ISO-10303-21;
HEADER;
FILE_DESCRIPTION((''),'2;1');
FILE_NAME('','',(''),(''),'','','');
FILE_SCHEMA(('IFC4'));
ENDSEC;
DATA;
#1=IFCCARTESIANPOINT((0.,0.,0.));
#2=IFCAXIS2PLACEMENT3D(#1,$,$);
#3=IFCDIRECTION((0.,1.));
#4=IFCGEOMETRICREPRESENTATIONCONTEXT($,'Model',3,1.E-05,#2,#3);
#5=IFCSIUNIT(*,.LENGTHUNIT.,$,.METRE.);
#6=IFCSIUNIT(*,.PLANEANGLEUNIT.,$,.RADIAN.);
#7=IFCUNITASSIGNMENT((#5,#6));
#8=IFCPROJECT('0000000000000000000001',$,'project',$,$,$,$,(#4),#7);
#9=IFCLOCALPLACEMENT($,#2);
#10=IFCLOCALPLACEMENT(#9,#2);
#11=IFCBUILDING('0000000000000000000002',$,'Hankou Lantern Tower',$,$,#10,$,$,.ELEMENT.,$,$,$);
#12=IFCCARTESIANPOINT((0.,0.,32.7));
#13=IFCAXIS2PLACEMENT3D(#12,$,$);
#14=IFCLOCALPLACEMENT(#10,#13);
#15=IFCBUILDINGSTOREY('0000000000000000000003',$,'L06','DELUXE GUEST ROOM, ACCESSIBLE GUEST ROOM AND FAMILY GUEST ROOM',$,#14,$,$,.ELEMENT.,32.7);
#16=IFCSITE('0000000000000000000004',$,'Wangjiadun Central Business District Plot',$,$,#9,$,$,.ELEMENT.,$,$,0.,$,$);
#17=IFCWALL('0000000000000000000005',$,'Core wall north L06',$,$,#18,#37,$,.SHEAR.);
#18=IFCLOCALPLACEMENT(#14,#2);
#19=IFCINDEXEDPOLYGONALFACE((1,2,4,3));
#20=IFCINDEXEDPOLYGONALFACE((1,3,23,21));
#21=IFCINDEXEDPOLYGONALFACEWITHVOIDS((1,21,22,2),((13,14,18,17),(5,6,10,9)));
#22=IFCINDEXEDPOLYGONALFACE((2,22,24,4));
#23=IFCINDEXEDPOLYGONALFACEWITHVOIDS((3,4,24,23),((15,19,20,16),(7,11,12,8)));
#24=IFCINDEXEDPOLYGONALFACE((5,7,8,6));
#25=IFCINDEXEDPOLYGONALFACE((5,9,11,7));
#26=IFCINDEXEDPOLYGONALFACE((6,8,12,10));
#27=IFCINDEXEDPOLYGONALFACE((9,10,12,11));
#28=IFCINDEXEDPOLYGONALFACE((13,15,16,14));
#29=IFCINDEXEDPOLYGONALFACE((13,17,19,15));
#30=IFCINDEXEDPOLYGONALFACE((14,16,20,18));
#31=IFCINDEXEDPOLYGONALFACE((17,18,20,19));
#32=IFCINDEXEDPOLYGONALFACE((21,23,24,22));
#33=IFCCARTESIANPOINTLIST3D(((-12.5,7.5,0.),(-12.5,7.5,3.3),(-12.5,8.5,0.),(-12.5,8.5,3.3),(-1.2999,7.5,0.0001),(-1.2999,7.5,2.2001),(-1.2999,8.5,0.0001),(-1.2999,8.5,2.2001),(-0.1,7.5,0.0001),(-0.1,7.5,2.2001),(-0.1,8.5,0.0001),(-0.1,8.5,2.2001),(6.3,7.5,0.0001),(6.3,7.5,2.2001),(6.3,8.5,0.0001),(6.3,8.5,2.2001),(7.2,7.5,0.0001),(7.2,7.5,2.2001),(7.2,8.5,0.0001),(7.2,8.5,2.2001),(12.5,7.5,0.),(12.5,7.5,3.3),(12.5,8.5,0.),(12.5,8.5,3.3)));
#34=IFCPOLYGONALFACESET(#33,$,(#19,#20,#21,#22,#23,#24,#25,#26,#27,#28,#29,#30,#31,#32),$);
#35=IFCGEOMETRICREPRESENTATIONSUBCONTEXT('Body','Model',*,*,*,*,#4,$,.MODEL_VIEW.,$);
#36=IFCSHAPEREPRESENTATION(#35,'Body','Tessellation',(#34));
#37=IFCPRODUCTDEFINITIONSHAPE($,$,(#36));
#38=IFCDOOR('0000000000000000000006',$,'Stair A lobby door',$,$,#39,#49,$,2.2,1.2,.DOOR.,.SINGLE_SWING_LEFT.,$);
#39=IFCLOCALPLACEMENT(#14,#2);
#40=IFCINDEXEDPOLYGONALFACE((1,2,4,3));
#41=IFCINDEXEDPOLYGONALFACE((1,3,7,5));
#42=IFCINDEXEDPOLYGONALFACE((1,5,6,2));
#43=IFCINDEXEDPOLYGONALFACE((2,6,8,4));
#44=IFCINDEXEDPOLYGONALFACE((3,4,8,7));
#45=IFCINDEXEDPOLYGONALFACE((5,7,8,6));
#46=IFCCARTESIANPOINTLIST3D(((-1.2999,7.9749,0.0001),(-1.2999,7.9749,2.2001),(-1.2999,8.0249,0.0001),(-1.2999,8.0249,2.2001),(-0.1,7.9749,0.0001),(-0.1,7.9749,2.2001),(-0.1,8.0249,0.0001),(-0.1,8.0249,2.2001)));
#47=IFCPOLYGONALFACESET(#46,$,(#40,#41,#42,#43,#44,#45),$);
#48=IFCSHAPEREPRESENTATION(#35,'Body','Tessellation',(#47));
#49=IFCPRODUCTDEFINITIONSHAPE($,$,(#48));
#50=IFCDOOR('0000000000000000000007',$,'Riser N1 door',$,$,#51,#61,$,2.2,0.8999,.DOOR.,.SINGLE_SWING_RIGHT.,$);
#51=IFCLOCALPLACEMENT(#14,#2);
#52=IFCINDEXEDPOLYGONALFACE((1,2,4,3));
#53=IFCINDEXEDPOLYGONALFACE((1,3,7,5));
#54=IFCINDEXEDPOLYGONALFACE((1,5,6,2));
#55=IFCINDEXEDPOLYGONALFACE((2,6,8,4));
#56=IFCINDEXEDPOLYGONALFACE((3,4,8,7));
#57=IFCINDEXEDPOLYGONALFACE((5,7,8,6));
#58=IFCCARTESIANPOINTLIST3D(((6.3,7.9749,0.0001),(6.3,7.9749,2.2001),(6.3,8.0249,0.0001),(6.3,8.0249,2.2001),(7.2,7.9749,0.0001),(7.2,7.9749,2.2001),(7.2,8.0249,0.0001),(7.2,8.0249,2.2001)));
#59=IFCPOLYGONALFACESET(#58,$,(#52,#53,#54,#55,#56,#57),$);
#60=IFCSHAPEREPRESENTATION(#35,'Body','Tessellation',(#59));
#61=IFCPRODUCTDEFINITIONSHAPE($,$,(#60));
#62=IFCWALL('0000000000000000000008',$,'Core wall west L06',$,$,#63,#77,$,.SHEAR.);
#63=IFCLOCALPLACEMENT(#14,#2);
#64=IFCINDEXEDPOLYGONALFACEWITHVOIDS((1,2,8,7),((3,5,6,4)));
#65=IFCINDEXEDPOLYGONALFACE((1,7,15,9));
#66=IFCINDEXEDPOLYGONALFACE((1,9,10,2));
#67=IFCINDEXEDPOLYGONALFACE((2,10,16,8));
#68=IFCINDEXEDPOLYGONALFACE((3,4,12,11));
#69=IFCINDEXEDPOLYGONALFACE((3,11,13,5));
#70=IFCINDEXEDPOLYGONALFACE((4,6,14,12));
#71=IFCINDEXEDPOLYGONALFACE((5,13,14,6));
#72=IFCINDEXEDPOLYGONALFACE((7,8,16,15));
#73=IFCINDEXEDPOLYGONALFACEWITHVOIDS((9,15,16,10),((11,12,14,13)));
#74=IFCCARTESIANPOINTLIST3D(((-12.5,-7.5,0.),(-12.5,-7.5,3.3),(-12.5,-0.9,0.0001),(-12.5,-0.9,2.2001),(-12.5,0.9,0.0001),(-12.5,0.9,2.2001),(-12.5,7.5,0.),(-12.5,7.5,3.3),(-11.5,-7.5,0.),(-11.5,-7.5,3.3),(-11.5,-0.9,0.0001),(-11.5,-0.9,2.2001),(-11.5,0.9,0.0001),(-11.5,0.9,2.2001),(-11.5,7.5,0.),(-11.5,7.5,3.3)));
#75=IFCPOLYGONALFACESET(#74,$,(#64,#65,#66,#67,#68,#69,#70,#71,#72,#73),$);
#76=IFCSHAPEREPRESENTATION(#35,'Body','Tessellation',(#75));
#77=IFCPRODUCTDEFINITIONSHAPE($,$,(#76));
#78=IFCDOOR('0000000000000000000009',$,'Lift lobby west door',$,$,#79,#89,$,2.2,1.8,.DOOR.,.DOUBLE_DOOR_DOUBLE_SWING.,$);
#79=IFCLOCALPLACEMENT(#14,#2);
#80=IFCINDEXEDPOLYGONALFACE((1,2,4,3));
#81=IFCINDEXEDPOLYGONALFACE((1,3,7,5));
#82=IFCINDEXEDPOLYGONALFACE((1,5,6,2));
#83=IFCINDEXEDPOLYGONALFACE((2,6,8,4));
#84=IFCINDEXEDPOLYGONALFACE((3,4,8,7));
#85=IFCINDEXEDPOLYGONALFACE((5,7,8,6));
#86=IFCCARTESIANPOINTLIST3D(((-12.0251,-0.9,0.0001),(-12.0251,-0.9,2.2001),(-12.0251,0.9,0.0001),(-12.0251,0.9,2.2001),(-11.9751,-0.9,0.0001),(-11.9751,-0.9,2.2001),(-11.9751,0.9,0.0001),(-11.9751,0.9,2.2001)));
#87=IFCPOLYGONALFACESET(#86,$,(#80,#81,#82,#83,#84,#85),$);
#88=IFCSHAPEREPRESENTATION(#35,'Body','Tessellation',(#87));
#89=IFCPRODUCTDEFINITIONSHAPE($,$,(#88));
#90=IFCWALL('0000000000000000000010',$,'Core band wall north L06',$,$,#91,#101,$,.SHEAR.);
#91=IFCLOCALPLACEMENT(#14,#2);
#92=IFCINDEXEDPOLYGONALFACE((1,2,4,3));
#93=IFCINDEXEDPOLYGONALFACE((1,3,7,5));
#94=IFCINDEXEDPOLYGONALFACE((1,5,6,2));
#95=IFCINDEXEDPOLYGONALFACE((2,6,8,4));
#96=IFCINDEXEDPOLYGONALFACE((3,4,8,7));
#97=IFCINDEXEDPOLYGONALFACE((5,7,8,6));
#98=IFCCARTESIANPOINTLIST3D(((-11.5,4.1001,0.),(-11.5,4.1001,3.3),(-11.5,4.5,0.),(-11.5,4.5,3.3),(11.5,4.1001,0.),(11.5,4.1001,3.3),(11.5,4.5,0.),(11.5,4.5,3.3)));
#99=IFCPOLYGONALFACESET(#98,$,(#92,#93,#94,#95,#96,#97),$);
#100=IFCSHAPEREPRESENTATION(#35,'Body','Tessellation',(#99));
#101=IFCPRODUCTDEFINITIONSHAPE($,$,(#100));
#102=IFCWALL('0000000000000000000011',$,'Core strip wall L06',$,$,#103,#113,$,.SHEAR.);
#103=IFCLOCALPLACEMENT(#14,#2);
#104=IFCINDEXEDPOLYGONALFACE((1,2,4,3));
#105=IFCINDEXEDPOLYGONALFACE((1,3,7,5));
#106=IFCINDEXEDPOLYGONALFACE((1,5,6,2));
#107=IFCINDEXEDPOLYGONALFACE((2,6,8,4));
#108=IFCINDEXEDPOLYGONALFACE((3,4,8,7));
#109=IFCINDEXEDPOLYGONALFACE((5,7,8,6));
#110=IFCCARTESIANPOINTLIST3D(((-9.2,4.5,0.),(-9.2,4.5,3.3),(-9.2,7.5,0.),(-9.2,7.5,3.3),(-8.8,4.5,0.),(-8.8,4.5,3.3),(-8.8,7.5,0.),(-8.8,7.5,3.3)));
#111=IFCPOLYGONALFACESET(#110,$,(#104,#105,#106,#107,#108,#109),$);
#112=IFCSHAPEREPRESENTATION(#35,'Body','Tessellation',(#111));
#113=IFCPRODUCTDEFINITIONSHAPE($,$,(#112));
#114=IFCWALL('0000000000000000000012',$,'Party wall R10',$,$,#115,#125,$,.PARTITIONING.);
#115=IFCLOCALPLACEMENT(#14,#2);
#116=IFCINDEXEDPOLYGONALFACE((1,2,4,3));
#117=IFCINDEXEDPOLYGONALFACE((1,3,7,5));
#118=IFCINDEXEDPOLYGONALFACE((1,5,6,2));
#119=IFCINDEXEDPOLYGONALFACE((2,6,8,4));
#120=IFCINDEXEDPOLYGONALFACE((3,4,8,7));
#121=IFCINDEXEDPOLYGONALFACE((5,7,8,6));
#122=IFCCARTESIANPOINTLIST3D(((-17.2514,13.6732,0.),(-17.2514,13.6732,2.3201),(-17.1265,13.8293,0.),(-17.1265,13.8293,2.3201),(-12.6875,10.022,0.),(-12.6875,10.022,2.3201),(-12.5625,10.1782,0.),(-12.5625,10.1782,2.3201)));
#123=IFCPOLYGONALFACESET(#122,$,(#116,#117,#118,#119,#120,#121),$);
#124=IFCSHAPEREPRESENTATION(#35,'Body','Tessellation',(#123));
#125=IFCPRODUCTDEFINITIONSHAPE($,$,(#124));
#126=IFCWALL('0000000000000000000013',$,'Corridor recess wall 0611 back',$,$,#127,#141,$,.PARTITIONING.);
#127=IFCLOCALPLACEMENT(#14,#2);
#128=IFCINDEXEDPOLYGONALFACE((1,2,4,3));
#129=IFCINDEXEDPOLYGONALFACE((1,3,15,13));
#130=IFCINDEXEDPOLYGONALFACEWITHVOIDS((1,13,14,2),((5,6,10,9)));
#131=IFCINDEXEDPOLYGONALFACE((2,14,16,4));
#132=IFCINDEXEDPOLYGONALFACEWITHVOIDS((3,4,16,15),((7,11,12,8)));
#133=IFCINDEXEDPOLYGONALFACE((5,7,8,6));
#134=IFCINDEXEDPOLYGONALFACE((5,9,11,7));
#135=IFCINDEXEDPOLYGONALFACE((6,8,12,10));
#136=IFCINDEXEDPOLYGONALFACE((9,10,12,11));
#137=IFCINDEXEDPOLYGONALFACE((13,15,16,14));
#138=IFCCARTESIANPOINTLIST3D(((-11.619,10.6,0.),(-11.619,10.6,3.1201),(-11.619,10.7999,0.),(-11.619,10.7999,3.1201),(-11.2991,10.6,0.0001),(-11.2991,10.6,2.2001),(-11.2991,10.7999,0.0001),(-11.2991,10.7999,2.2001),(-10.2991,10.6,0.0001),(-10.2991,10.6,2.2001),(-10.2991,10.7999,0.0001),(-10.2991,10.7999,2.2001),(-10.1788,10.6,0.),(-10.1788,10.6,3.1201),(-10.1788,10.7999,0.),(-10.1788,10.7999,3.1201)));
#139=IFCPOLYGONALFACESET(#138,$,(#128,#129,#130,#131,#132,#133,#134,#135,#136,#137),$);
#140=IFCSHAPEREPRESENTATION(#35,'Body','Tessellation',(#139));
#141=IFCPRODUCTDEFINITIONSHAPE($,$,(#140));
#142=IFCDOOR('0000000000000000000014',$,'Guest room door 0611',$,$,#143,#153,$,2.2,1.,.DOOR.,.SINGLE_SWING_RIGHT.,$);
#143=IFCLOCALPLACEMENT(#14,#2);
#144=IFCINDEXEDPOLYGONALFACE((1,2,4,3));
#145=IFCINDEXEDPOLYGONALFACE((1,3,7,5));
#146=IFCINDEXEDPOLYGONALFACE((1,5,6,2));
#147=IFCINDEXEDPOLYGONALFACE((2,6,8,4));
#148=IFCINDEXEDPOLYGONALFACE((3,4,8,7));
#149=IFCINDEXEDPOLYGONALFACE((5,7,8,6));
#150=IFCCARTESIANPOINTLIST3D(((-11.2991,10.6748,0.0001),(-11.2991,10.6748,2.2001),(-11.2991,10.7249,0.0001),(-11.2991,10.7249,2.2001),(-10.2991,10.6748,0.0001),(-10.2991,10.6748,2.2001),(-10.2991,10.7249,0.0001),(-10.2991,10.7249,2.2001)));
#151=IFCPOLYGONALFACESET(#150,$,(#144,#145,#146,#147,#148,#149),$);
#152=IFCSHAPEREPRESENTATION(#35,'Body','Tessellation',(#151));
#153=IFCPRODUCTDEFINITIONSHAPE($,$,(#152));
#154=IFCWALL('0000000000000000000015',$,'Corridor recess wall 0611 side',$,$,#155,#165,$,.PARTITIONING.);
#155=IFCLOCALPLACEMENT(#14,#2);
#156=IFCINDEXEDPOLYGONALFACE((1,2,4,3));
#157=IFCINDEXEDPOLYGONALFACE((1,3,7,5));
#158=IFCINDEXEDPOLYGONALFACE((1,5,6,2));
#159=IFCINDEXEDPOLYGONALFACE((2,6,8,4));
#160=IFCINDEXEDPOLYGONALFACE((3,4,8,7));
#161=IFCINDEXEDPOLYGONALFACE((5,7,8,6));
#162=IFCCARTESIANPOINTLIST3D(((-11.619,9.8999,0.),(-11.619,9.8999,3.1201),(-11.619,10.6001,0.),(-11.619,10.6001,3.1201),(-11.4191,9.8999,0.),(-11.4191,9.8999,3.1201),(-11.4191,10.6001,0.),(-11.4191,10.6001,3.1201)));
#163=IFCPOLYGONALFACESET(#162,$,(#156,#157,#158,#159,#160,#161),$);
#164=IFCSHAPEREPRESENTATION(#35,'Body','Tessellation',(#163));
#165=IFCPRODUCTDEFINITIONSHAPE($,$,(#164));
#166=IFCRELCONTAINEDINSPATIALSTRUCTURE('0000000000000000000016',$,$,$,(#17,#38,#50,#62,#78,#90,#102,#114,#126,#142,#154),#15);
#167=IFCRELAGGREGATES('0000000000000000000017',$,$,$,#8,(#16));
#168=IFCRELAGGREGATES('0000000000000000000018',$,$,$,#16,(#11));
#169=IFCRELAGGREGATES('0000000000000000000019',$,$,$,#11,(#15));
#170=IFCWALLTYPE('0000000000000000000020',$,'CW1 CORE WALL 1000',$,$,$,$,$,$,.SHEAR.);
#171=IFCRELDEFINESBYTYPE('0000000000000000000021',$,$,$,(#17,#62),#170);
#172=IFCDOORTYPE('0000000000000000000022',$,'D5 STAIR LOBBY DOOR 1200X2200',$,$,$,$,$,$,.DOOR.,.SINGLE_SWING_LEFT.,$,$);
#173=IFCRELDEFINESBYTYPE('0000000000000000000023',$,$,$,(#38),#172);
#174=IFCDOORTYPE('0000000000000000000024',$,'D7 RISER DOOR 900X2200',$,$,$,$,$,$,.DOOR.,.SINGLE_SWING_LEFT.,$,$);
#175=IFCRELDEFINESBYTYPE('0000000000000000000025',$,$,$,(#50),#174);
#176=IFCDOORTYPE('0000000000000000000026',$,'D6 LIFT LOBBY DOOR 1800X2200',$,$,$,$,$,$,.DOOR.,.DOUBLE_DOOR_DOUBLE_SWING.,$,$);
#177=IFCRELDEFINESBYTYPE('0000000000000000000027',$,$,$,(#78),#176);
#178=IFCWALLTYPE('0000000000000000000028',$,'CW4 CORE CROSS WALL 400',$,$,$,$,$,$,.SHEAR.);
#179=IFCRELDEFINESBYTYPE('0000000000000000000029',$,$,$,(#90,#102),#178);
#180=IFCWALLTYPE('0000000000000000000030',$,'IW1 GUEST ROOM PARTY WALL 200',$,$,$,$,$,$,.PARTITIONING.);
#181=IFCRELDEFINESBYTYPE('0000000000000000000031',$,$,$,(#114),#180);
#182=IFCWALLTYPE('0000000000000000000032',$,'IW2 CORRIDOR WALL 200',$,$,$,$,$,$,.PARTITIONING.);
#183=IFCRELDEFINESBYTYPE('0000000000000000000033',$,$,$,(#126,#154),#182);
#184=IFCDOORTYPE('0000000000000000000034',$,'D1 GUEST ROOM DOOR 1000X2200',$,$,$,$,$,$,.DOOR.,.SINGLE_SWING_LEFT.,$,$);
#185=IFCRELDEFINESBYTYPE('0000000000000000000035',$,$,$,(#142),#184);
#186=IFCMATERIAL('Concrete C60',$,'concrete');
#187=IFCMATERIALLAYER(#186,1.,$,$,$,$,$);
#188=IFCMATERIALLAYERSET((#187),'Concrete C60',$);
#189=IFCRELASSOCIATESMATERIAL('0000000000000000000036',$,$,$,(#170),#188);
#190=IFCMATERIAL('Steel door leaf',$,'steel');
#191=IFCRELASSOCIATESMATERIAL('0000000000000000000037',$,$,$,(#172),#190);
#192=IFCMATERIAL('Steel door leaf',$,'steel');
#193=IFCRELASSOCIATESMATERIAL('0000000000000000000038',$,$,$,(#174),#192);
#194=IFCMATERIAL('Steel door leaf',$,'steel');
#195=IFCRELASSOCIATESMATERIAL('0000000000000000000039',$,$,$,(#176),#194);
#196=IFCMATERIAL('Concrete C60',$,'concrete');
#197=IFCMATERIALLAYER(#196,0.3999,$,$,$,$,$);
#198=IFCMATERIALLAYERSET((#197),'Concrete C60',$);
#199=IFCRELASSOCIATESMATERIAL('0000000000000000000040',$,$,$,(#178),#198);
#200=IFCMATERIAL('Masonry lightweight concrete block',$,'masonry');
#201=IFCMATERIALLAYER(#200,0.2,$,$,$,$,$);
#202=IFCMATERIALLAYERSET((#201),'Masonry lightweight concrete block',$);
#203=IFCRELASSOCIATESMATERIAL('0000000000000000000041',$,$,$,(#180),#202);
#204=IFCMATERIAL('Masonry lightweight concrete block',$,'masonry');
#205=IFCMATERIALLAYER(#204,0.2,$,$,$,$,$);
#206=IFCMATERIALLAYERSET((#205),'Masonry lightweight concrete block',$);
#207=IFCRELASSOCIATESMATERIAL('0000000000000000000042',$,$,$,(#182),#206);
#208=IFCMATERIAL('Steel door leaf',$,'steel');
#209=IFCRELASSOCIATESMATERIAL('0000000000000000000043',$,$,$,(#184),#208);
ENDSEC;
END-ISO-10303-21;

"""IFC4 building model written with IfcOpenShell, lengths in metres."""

from ifc_helpers import new_model, si_unit, direction, frame, frame_2d, origin, place, context, subcontext, project, spatial, rectangle, extrude, material, layer, layer_set, type_object, element, fill, save


model = new_model("IFC4")

# Units and contexts
model_context = context("Model", 3, precision=1e-05, world=origin(), true_north=direction((0.0, 1.0)))
body_context = subcontext(model_context, "Body", "Model", "MODEL_VIEW")
ifc_project = project(units=[si_unit("LENGTHUNIT", "METRE"), si_unit("PLANEANGLEUNIT", "RADIAN")], contexts=[model_context])

# Site, building, storey
site_placement = place(None, origin())
site = spatial("IfcSite", under=ifc_project, at=site_placement, Name="Wangjiadun Central Business District Plot", CompositionType="ELEMENT", RefElevation=0.0)
building_placement = place(site_placement, origin())
building = spatial("IfcBuilding", under=site, at=building_placement, Name="Hankou Lantern Tower", CompositionType="ELEMENT")
storey_placement = place(building_placement, frame((0.0, 0.0, 32.7)))
storey = spatial("IfcBuildingStorey", under=building, at=storey_placement, Name="L06", Description="DELUXE GUEST ROOM, ACCESSIBLE GUEST ROOM AND FAMILY GUEST ROOM", CompositionType="ELEMENT", Elevation=32.7)

# Wall, openings, doors
ifc_material_1 = material(Name="Concrete C60", Category="concrete")
ifc_layer_1 = layer(ifc_material_1, 1.0)
ifc_layer_set_1 = layer_set([ifc_layer_1], Name="Concrete C60")
wall_type_1 = type_object("IfcWallType", Name="CW1 CORE WALL 1000", PredefinedType="SHEAR", material=ifc_layer_set_1)
wall_1_placement = place(storey_placement, frame((-12.5, 8.0, 0.0), z_axis=(0.0, 0.0, 1.0), x_axis=(1.0, 0.0, 0.0)))
wall_1 = element("IfcWall", 1, at=wall_1_placement, inside=storey, type_object=wall_type_1, Name="Core wall north L06", PredefinedType="SHEAR", context=body_context, shape_type="SweptSolid", body=[
    extrude(rectangle(XDim=25.0, YDim=1.0, at=frame_2d((12.5, 0.0))), origin(), (0.0, 0.0, 1.0), 3.3),
])
opening_1_placement = place(wall_1_placement, frame((11.2, 0.0, 0.0)))
opening_1 = element("IfcOpeningElement", 2, at=opening_1_placement, cuts=wall_1, PredefinedType="OPENING", context=body_context, shape_type="SweptSolid", body=[
    extrude(rectangle(XDim=1.2, YDim=2.2, at=frame_2d((0.6001, 1.1001))), frame((0.0, 0.51, 0.0), z_axis=(0.0, -1.0, 0.0), x_axis=(1.0, 0.0, 0.0)), (0.0, 0.0, 1.0), 1.02),
])
opening_2_placement = place(wall_1_placement, frame((18.8, 0.0, 0.0)))
opening_2 = element("IfcOpeningElement", 3, at=opening_2_placement, cuts=wall_1, PredefinedType="OPENING", context=body_context, shape_type="SweptSolid", body=[
    extrude(rectangle(XDim=0.8999, YDim=2.2, at=frame_2d((0.45, 1.1001))), frame((0.0, 0.51, 0.0), z_axis=(0.0, -1.0, 0.0), x_axis=(1.0, 0.0, 0.0)), (0.0, 0.0, 1.0), 1.02),
])
ifc_material_2 = material(Name="Steel door leaf", Category="steel")
door_type_1 = type_object("IfcDoorType", Name="D5 STAIR LOBBY DOOR 1200X2200", OperationType="SINGLE_SWING_LEFT", PredefinedType="DOOR", material=ifc_material_2)
door_1_placement = place(opening_1_placement, origin())
door_1 = element("IfcDoor", 4, at=door_1_placement, inside=storey, type_object=door_type_1, Name="Stair A lobby door", OperationType="SINGLE_SWING_LEFT", OverallHeight=2.2, OverallWidth=1.2, PredefinedType="DOOR", context=body_context, shape_type="SweptSolid", body=[
    extrude(rectangle(XDim=1.2, YDim=2.2, at=frame_2d((0.6001, 1.1001))), frame((0.0, 0.0249, 0.0), z_axis=(0.0, -1.0, 0.0), x_axis=(1.0, 0.0, 0.0)), (0.0, 0.0, 1.0), 0.05),
])
fill(opening_1, door_1)
ifc_material_3 = material(Name="Steel door leaf", Category="steel")
door_type_2 = type_object("IfcDoorType", Name="D7 RISER DOOR 900X2200", OperationType="SINGLE_SWING_LEFT", PredefinedType="DOOR", material=ifc_material_3)
door_2_placement = place(opening_2_placement, origin())
door_2 = element("IfcDoor", 5, at=door_2_placement, inside=storey, type_object=door_type_2, Name="Riser N1 door", OperationType="SINGLE_SWING_RIGHT", OverallHeight=2.2, OverallWidth=0.8999, PredefinedType="DOOR", context=body_context, shape_type="SweptSolid", body=[
    extrude(rectangle(XDim=0.8999, YDim=2.2, at=frame_2d((0.45, 1.1001))), frame((0.0, 0.0249, 0.0), z_axis=(0.0, -1.0, 0.0), x_axis=(1.0, 0.0, 0.0)), (0.0, 0.0, 1.0), 0.05),
])
fill(opening_2, door_2)

# Wall, opening, door
wall_2_placement = place(storey_placement, frame((-12.0, 7.5, 0.0), z_axis=(0.0, 0.0, 1.0), x_axis=(0.0, -1.0, 0.0)))
wall_2 = element("IfcWall", 6, at=wall_2_placement, inside=storey, type_object=wall_type_1, Name="Core wall west L06", PredefinedType="SHEAR", context=body_context, shape_type="SweptSolid", body=[
    extrude(rectangle(XDim=15.0, YDim=1.0, at=frame_2d((7.5, 0.0))), origin(), (0.0, 0.0, 1.0), 3.3),
])
opening_3_placement = place(wall_2_placement, frame((6.6001, 0.0, 0.0)))
opening_3 = element("IfcOpeningElement", 7, at=opening_3_placement, cuts=wall_2, PredefinedType="OPENING", context=body_context, shape_type="SweptSolid", body=[
    extrude(rectangle(XDim=1.8, YDim=2.2, at=frame_2d((0.8999, 1.1001))), frame((0.0, 0.51, 0.0), z_axis=(0.0, -1.0, 0.0), x_axis=(1.0, 0.0, 0.0)), (0.0, 0.0, 1.0), 1.02),
])
ifc_material_4 = material(Name="Steel door leaf", Category="steel")
door_type_3 = type_object("IfcDoorType", Name="D6 LIFT LOBBY DOOR 1800X2200", OperationType="DOUBLE_DOOR_DOUBLE_SWING", PredefinedType="DOOR", material=ifc_material_4)
door_3_placement = place(opening_3_placement, origin())
door_3 = element("IfcDoor", 8, at=door_3_placement, inside=storey, type_object=door_type_3, Name="Lift lobby west door", OperationType="DOUBLE_DOOR_DOUBLE_SWING", OverallHeight=2.2, OverallWidth=1.8, PredefinedType="DOOR", context=body_context, shape_type="SweptSolid", body=[
    extrude(rectangle(XDim=1.8, YDim=2.2, at=frame_2d((0.8999, 1.1001))), frame((0.0, 0.0249, 0.0), z_axis=(0.0, -1.0, 0.0), x_axis=(1.0, 0.0, 0.0)), (0.0, 0.0, 1.0), 0.05),
])
fill(opening_3, door_3)

# Walls
ifc_material_5 = material(Name="Concrete C60", Category="concrete")
ifc_layer_2 = layer(ifc_material_5, 0.3999)
ifc_layer_set_2 = layer_set([ifc_layer_2], Name="Concrete C60")
wall_type_2 = type_object("IfcWallType", Name="CW4 CORE CROSS WALL 400", PredefinedType="SHEAR", material=ifc_layer_set_2)
wall_3_placement = place(storey_placement, frame((-11.5, 4.3, 0.0), z_axis=(0.0, 0.0, 1.0), x_axis=(1.0, 0.0, 0.0)))
element("IfcWall", 9, at=wall_3_placement, inside=storey, type_object=wall_type_2, Name="Core band wall north L06", PredefinedType="SHEAR", context=body_context, shape_type="SweptSolid", body=[
    extrude(rectangle(XDim=23.0, YDim=0.3999, at=frame_2d((11.5, 0.0))), origin(), (0.0, 0.0, 1.0), 3.3),
])
wall_4_placement = place(storey_placement, frame((-9.0, 4.5, 0.0), z_axis=(0.0, 0.0, 1.0), x_axis=(0.0, 1.0, 0.0)))
element("IfcWall", 10, at=wall_4_placement, inside=storey, type_object=wall_type_2, Name="Core strip wall L06", PredefinedType="SHEAR", context=body_context, shape_type="SweptSolid", body=[
    extrude(rectangle(XDim=3.0, YDim=0.3999, at=frame_2d((1.5, 0.0))), origin(), (0.0, 0.0, 1.0), 3.3),
])
ifc_material_6 = material(Name="Masonry lightweight concrete block", Category="masonry")
ifc_layer_3 = layer(ifc_material_6, 0.2)
ifc_layer_set_3 = layer_set([ifc_layer_3], Name="Masonry lightweight concrete block")
wall_type_3 = type_object("IfcWallType", Name="IW1 GUEST ROOM PARTY WALL 200", PredefinedType="PARTITIONING", material=ifc_layer_set_3)
wall_5_placement = place(storey_placement, frame((-12.625, 10.1001, 0.0), z_axis=(0.0, 0.0, 1.0), x_axis=(-0.780873, 0.62469, 0.0)))
element("IfcWall", 11, at=wall_5_placement, inside=storey, type_object=wall_type_3, Name="Party wall R10", PredefinedType="PARTITIONING", context=body_context, shape_type="SweptSolid", body=[
    extrude(rectangle(XDim=5.8447, YDim=0.2, at=frame_2d((2.9224, 0.0))), origin(), (0.0, 0.0, 1.0), 2.3201),
])

# Wall, opening, door
ifc_material_7 = material(Name="Masonry lightweight concrete block", Category="masonry")
ifc_layer_4 = layer(ifc_material_7, 0.2)
ifc_layer_set_4 = layer_set([ifc_layer_4], Name="Masonry lightweight concrete block")
wall_type_4 = type_object("IfcWallType", Name="IW2 CORRIDOR WALL 200", PredefinedType="PARTITIONING", material=ifc_layer_set_4)
wall_6_placement = place(storey_placement, frame((-11.6191, 10.7, 0.0), z_axis=(0.0, 0.0, 1.0), x_axis=(1.0, 0.0, 0.0)))
wall_6 = element("IfcWall", 12, at=wall_6_placement, inside=storey, type_object=wall_type_4, Name="Corridor recess wall 0611 back", PredefinedType="PARTITIONING", context=body_context, shape_type="SweptSolid", body=[
    extrude(rectangle(XDim=1.4402, YDim=0.2, at=frame_2d((0.7202, 0.0))), origin(), (0.0, 0.0, 1.0), 3.1201),
])
opening_4_placement = place(wall_6_placement, frame((0.3201, 0.0, 0.0)))
opening_4 = element("IfcOpeningElement", 13, at=opening_4_placement, cuts=wall_6, PredefinedType="OPENING", context=body_context, shape_type="SweptSolid", body=[
    extrude(rectangle(XDim=1.0, YDim=2.2, at=frame_2d((0.5, 1.1001))), frame((0.0, 0.1099, 0.0), z_axis=(0.0, -1.0, 0.0), x_axis=(1.0, 0.0, 0.0)), (0.0, 0.0, 1.0), 0.22),
])
ifc_material_8 = material(Name="Steel door leaf", Category="steel")
door_type_4 = type_object("IfcDoorType", Name="D1 GUEST ROOM DOOR 1000X2200", OperationType="SINGLE_SWING_LEFT", PredefinedType="DOOR", material=ifc_material_8)
door_4_placement = place(opening_4_placement, origin())
door_4 = element("IfcDoor", 14, at=door_4_placement, inside=storey, type_object=door_type_4, Name="Guest room door 0611", OperationType="SINGLE_SWING_RIGHT", OverallHeight=2.2, OverallWidth=1.0, PredefinedType="DOOR", context=body_context, shape_type="SweptSolid", body=[
    extrude(rectangle(XDim=1.0, YDim=2.2, at=frame_2d((0.5, 1.1001))), frame((0.0, 0.0249, 0.0), z_axis=(0.0, -1.0, 0.0), x_axis=(1.0, 0.0, 0.0)), (0.0, 0.0, 1.0), 0.05),
])
fill(opening_4, door_4)

# Wall
wall_7_placement = place(storey_placement, frame((-11.519, 9.8999, 0.0), z_axis=(0.0, 0.0, 1.0), x_axis=(0.0, 1.0, 0.0)))
element("IfcWall", 15, at=wall_7_placement, inside=storey, type_object=wall_type_4, Name="Corridor recess wall 0611 side", PredefinedType="PARTITIONING", context=body_context, shape_type="SweptSolid", body=[
    extrude(rectangle(XDim=0.7002, YDim=0.2, at=frame_2d((0.3501, 0.0))), origin(), (0.0, 0.0, 1.0), 3.1201),
])

save(model, "model.ifc")
